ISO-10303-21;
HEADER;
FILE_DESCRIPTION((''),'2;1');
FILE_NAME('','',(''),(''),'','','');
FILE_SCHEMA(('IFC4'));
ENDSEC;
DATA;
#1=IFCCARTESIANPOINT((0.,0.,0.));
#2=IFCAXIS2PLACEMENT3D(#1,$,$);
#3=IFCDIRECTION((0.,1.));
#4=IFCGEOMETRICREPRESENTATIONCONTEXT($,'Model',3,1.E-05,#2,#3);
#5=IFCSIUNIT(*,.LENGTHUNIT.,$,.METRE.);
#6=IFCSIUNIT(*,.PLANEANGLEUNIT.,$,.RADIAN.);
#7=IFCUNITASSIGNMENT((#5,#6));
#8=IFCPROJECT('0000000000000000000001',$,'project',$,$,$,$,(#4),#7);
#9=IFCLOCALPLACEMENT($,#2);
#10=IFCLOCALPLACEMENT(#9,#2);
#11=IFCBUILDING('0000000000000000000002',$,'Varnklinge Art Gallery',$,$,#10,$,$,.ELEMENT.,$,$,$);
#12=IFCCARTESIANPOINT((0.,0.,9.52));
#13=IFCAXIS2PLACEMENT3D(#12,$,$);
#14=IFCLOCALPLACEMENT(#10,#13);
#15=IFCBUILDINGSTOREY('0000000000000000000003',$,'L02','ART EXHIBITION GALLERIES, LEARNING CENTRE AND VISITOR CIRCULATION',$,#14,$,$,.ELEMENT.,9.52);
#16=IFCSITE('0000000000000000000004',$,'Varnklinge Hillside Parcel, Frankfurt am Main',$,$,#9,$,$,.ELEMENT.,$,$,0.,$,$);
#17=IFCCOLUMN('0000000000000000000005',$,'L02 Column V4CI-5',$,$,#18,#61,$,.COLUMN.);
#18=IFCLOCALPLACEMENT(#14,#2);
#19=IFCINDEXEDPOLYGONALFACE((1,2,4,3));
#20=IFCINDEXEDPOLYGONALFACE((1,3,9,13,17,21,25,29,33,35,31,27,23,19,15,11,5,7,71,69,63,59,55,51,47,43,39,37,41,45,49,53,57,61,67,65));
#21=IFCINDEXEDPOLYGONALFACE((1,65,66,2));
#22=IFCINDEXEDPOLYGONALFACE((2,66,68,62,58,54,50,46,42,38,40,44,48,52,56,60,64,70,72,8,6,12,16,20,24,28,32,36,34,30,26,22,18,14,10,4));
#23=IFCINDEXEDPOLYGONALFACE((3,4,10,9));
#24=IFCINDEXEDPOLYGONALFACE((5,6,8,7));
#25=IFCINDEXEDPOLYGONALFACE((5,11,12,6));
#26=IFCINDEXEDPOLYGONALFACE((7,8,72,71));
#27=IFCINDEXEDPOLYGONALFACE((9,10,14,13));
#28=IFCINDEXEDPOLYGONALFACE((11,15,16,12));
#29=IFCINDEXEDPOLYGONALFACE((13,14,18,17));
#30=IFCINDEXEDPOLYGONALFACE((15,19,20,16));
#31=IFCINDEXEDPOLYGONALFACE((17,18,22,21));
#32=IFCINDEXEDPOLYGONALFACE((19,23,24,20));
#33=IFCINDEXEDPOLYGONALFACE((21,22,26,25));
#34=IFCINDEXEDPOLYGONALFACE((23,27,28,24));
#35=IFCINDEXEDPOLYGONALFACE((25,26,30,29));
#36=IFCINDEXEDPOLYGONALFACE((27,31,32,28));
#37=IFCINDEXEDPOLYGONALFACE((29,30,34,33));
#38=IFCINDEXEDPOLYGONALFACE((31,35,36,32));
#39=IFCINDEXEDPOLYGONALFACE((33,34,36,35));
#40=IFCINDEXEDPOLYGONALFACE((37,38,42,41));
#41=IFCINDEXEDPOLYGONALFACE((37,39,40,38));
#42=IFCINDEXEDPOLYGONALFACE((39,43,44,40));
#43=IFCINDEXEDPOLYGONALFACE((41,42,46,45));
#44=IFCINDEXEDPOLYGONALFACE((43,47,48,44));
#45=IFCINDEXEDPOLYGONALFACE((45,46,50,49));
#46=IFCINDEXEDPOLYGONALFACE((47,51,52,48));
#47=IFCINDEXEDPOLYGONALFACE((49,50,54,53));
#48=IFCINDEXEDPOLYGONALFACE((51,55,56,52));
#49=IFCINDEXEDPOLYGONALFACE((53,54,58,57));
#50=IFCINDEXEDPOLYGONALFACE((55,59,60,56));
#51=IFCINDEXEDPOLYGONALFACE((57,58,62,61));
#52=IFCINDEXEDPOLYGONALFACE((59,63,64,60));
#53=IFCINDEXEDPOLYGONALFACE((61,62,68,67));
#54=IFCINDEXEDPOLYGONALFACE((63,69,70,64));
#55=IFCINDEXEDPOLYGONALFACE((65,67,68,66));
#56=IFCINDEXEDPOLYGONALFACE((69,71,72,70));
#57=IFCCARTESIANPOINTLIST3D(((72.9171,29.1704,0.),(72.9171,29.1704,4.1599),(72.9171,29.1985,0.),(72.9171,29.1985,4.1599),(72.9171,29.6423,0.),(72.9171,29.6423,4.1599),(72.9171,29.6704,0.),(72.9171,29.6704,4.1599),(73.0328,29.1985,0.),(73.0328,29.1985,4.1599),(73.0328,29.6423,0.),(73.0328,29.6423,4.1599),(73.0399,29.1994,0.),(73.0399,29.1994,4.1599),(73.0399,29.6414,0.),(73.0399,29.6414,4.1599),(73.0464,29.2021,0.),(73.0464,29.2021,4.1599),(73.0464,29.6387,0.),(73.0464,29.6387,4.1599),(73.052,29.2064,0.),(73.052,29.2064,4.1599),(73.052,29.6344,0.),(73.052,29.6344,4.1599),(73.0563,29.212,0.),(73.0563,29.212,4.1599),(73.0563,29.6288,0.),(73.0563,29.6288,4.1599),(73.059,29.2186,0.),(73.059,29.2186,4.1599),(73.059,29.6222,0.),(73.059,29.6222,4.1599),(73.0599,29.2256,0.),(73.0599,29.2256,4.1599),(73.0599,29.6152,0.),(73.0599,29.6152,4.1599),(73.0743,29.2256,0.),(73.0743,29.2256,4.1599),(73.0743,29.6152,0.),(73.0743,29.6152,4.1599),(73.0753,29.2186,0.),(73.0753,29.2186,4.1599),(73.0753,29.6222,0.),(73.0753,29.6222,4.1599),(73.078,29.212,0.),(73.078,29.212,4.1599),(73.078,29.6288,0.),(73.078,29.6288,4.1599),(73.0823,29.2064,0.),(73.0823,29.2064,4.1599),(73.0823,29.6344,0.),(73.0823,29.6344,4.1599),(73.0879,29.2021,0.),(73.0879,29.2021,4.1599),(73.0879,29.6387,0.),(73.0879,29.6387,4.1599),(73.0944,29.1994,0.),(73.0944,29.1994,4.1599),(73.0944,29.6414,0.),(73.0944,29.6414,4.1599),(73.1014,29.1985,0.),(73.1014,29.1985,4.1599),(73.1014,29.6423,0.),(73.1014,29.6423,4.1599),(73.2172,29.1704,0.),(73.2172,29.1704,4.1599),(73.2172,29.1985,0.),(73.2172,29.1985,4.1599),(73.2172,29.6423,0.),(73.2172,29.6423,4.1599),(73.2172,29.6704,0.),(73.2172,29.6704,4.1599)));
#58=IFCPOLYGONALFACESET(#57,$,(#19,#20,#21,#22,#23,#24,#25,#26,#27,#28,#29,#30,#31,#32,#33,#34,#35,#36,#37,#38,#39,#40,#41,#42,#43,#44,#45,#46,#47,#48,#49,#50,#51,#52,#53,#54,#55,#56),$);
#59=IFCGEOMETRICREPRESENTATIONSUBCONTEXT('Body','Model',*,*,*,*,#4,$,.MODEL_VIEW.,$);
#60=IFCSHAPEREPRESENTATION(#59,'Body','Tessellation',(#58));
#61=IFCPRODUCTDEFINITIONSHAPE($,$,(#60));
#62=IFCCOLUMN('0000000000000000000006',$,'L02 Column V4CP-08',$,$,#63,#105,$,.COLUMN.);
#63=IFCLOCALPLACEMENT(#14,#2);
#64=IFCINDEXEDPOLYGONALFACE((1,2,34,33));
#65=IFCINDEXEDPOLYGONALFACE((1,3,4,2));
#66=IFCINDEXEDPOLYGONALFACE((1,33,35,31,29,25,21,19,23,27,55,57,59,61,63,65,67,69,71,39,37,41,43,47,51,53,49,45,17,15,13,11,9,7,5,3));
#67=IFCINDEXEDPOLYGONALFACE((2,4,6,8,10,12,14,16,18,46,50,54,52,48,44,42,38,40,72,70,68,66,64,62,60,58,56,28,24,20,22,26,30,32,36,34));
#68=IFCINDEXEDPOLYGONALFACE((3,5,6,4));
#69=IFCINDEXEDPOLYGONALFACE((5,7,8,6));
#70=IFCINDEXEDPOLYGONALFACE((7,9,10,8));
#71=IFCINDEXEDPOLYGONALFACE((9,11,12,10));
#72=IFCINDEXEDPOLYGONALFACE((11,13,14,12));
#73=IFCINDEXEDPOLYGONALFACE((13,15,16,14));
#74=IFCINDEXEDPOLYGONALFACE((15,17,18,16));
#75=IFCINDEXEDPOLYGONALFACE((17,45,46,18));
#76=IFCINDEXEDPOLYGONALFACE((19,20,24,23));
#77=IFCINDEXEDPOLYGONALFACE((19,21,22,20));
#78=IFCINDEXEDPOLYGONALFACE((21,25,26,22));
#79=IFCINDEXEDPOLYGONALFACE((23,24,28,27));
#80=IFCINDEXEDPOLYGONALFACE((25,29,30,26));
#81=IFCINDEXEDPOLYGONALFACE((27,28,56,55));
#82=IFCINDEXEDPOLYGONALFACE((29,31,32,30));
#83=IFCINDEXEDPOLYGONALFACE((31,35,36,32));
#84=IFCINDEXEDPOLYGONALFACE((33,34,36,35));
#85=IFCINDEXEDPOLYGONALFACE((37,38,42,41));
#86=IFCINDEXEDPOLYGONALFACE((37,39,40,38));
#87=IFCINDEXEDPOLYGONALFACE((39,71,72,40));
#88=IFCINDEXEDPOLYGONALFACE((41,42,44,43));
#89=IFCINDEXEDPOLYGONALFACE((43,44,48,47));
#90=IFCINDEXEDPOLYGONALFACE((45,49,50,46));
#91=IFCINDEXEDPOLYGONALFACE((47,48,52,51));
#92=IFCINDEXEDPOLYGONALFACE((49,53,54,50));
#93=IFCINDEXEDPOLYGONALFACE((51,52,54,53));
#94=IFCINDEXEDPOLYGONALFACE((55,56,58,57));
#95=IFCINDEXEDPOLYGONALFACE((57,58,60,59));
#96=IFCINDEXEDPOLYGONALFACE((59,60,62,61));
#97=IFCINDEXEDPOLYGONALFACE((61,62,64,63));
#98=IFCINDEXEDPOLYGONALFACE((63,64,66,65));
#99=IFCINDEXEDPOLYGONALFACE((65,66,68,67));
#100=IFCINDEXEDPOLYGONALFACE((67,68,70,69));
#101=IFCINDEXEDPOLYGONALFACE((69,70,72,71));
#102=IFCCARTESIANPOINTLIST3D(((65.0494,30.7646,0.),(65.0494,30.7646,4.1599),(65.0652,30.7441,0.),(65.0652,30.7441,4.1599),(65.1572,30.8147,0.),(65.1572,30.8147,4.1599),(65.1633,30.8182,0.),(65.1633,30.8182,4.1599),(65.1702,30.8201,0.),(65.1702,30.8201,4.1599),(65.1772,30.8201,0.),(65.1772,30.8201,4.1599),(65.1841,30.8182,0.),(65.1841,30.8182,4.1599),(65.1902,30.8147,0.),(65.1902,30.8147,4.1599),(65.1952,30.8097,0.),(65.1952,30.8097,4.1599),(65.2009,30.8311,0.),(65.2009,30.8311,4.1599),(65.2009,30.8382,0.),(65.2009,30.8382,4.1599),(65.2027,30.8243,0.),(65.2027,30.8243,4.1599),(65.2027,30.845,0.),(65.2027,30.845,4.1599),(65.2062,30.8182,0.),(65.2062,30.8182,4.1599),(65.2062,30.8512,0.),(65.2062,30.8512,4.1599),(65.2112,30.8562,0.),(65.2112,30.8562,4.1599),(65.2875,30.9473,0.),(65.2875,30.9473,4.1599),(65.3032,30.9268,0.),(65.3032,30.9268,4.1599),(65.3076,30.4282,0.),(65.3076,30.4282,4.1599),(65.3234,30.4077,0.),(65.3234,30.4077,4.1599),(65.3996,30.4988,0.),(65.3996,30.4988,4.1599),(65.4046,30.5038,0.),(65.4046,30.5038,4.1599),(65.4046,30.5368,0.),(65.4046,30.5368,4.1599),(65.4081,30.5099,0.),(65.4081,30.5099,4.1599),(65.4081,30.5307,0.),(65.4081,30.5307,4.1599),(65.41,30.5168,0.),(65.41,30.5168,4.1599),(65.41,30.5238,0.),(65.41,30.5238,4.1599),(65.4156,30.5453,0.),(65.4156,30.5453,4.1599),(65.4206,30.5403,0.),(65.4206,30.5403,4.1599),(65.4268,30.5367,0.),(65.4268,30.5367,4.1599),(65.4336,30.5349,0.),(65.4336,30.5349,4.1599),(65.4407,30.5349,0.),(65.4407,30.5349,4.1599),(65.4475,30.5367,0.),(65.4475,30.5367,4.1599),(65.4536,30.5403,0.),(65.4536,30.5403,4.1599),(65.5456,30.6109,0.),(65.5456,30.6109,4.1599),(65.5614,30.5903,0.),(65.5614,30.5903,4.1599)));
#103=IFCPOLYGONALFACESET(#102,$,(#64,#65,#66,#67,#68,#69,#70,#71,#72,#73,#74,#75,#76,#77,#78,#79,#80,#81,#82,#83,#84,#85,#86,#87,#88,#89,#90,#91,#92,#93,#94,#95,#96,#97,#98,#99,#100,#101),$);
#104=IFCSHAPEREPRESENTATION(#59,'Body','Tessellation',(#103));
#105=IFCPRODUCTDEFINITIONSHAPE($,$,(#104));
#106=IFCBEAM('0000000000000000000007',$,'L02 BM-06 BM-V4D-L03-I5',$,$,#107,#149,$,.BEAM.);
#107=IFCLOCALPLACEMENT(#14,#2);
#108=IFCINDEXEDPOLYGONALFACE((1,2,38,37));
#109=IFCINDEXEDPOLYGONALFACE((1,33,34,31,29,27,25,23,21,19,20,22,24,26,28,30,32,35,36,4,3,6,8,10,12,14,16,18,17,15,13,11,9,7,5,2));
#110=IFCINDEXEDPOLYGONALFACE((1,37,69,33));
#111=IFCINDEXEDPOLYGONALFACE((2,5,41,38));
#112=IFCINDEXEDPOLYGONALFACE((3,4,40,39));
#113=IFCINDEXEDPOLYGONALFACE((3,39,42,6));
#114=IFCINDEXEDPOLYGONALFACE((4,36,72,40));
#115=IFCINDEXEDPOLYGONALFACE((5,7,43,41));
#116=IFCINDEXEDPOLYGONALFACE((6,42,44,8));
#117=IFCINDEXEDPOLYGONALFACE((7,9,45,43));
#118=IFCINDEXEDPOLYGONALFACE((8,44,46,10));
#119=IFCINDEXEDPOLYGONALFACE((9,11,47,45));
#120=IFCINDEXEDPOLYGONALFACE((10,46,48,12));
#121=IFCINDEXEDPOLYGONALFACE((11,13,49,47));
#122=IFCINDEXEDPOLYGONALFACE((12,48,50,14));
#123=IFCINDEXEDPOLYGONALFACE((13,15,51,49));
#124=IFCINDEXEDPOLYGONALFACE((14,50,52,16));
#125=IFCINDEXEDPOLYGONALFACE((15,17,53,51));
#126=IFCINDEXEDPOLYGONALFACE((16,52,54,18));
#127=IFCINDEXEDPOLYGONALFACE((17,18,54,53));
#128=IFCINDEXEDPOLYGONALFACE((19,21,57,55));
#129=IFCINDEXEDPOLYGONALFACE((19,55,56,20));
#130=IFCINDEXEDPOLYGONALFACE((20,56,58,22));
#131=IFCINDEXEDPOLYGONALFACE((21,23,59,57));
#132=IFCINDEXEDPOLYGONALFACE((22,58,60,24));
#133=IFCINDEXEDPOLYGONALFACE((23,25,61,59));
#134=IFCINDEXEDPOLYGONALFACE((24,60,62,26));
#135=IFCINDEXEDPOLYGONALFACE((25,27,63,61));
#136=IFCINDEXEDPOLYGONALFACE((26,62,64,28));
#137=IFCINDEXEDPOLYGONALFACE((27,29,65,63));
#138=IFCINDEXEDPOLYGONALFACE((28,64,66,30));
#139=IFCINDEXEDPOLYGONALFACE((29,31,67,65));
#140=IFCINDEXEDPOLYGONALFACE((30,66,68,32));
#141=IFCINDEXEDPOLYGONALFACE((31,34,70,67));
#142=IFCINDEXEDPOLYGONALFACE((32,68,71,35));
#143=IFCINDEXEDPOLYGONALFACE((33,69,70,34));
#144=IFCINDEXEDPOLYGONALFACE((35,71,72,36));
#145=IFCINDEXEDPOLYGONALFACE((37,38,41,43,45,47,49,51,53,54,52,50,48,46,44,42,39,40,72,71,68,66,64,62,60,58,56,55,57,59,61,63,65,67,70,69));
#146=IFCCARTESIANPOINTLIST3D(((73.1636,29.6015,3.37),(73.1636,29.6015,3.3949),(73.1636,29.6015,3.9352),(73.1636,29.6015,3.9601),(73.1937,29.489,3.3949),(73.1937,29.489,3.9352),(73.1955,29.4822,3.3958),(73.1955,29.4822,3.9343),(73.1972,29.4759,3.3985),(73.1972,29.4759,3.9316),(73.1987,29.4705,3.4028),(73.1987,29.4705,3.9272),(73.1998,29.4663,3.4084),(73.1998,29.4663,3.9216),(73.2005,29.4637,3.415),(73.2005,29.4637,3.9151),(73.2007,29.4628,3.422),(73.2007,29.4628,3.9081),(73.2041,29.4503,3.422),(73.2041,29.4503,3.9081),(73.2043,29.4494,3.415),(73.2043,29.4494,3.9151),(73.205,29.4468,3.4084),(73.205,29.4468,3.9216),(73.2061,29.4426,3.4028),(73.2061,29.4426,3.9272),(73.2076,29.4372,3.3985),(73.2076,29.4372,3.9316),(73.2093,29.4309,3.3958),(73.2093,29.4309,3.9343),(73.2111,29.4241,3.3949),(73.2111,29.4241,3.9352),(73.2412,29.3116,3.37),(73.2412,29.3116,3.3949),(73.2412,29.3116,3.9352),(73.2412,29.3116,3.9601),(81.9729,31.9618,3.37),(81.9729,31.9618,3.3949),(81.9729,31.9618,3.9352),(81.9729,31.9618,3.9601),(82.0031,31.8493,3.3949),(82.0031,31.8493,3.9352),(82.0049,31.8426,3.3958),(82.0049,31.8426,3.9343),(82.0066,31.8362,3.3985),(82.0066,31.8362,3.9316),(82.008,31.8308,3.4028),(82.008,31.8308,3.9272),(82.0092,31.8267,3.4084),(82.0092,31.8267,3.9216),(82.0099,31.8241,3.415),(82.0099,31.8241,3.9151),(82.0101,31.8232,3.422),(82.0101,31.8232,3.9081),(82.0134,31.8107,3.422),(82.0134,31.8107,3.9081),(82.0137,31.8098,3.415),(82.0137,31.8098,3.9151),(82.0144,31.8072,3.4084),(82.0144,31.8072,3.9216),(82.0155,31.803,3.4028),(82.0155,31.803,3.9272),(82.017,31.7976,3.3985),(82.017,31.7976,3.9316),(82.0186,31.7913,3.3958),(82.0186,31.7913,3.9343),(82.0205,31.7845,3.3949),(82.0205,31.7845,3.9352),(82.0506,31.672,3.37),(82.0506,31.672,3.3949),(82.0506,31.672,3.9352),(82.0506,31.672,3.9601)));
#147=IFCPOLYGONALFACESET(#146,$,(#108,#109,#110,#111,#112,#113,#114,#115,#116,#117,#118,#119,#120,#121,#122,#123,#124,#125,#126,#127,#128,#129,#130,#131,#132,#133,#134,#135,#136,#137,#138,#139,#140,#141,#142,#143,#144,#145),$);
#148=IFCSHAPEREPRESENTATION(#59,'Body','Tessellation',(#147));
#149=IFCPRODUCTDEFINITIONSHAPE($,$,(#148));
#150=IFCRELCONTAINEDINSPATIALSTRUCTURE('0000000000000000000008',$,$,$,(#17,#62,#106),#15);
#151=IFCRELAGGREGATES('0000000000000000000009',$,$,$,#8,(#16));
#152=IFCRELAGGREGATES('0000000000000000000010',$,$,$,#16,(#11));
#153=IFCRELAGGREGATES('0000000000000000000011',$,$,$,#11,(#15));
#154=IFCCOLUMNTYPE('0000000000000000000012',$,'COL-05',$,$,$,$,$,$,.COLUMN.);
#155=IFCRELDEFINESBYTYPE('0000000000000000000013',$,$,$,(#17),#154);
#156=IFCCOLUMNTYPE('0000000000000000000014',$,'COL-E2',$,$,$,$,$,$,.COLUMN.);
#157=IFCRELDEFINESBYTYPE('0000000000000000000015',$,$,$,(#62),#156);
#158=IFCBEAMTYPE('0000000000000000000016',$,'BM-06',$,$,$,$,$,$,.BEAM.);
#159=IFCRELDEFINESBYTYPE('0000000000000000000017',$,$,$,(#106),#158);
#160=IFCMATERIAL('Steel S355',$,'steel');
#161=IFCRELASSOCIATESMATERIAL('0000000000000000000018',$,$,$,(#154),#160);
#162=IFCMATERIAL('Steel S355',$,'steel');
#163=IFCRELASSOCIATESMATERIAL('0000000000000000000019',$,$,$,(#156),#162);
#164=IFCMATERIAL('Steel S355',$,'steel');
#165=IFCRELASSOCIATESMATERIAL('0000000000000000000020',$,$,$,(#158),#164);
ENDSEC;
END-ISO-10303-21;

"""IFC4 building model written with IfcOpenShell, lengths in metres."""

from ifc_helpers import new_model, si_unit, direction, frame, origin, origin_2d, place, context, subcontext, project, spatial, i_section, extrude, material, material_profile, profile_set, type_object, element, save


model = new_model("IFC4")

# Units and contexts
model_context = context("Model", 3, precision=1e-05, world=origin(), true_north=direction((0.0, 1.0)))
body_context = subcontext(model_context, "Body", "Model", "MODEL_VIEW")
ifc_project = project(units=[si_unit("LENGTHUNIT", "METRE"), si_unit("PLANEANGLEUNIT", "RADIAN")], contexts=[model_context])

# Site, building, storey
site_placement = place(None, origin())
site = spatial("IfcSite", under=ifc_project, at=site_placement, Name="Varnklinge Hillside Parcel, Frankfurt am Main", CompositionType="ELEMENT", RefElevation=0.0)
building_placement = place(site_placement, origin())
building = spatial("IfcBuilding", under=site, at=building_placement, Name="Varnklinge Art Gallery", CompositionType="ELEMENT")
storey_placement = place(building_placement, frame((0.0, 0.0, 9.52)))
storey = spatial("IfcBuildingStorey", under=building, at=storey_placement, Name="L02", Description="ART EXHIBITION GALLERIES, LEARNING CENTRE AND VISITOR CIRCULATION", CompositionType="ELEMENT", Elevation=9.52)

# Columns
ifc_material_1 = material(Name="Steel S355", Category="steel")
ifc_material_profile_1 = material_profile(ifc_material_1, i_section(OverallWidth=0.3, OverallDepth=0.5, WebThickness=0.0144, FlangeThickness=0.0281, FilletRadius=0.0271, at=origin_2d()), Name="HEB 500")
ifc_profile_set_1 = profile_set([ifc_material_profile_1], Name="Steel S355")
column_type_1 = type_object("IfcColumnType", Name="COL-05", PredefinedType="COLUMN", material=ifc_profile_set_1)
column_1_placement = place(storey_placement, frame((73.0671, 29.4204, 0.0), z_axis=(0.0, 0.0, 1.0), x_axis=(1.0, 0.0, 0.0)))
element("IfcColumn", 1, at=column_1_placement, inside=storey, type_object=column_type_1, Name="L02 Column V4CI-5", PredefinedType="COLUMN", context=body_context, shape_type="SweptSolid", body=[
    extrude(i_section(OverallWidth=0.3, OverallDepth=0.5, WebThickness=0.0144, FlangeThickness=0.0281, FilletRadius=0.0271, at=origin_2d()), origin(), (0.0, 0.0, 1.0), 4.1599),
])
ifc_material_2 = material(Name="Steel S355", Category="steel")
ifc_material_profile_2 = material_profile(ifc_material_2, i_section(OverallWidth=0.3, OverallDepth=0.45, WebThickness=0.0139, FlangeThickness=0.0259, FilletRadius=0.0271, at=origin_2d()), Name="HEB 450")
ifc_profile_set_2 = profile_set([ifc_material_profile_2], Name="Steel S355")
column_type_2 = type_object("IfcColumnType", Name="COL-E2", PredefinedType="COLUMN", material=ifc_profile_set_2)
column_2_placement = place(storey_placement, frame((65.3054, 30.6775, 0.0), z_axis=(0.0, 0.0, 1.0), x_axis=(-0.793353, -0.608761, 0.0)))
element("IfcColumn", 2, at=column_2_placement, inside=storey, type_object=column_type_2, Name="L02 Column V4CP-08", PredefinedType="COLUMN", context=body_context, shape_type="SweptSolid", body=[
    extrude(i_section(OverallWidth=0.3, OverallDepth=0.45, WebThickness=0.0139, FlangeThickness=0.0259, FilletRadius=0.0271, at=origin_2d()), origin(), (0.0, 0.0, 1.0), 4.1599),
])

# Beam
ifc_material_3 = material(Name="Steel S355", Category="steel")
ifc_material_profile_3 = material_profile(ifc_material_3, i_section(OverallWidth=0.3, OverallDepth=0.5901, WebThickness=0.0129, FlangeThickness=0.0249, FilletRadius=0.0271, at=origin_2d()), Name="HEA 600")
ifc_profile_set_3 = profile_set([ifc_material_profile_3], Name="Steel S355")
beam_type_1 = type_object("IfcBeamType", Name="BM-06", PredefinedType="BEAM", material=ifc_profile_set_3)
beam_1_placement = place(storey_placement, frame((73.2024, 29.4565, 3.665), z_axis=(0.965929, 0.258809, 0.0), x_axis=(-0.258809, 0.965929, 0.0)))
element("IfcBeam", 3, at=beam_1_placement, inside=storey, type_object=beam_type_1, Name="L02 BM-06 BM-V4D-L03-I5", PredefinedType="BEAM", context=body_context, shape_type="SweptSolid", body=[
    extrude(i_section(OverallWidth=0.3, OverallDepth=0.5901, WebThickness=0.0129, FlangeThickness=0.0249, FilletRadius=0.0271, at=origin_2d()), origin(), (0.0, 0.0, 1.0), 9.1201),
])

save(model, "model.ifc")
